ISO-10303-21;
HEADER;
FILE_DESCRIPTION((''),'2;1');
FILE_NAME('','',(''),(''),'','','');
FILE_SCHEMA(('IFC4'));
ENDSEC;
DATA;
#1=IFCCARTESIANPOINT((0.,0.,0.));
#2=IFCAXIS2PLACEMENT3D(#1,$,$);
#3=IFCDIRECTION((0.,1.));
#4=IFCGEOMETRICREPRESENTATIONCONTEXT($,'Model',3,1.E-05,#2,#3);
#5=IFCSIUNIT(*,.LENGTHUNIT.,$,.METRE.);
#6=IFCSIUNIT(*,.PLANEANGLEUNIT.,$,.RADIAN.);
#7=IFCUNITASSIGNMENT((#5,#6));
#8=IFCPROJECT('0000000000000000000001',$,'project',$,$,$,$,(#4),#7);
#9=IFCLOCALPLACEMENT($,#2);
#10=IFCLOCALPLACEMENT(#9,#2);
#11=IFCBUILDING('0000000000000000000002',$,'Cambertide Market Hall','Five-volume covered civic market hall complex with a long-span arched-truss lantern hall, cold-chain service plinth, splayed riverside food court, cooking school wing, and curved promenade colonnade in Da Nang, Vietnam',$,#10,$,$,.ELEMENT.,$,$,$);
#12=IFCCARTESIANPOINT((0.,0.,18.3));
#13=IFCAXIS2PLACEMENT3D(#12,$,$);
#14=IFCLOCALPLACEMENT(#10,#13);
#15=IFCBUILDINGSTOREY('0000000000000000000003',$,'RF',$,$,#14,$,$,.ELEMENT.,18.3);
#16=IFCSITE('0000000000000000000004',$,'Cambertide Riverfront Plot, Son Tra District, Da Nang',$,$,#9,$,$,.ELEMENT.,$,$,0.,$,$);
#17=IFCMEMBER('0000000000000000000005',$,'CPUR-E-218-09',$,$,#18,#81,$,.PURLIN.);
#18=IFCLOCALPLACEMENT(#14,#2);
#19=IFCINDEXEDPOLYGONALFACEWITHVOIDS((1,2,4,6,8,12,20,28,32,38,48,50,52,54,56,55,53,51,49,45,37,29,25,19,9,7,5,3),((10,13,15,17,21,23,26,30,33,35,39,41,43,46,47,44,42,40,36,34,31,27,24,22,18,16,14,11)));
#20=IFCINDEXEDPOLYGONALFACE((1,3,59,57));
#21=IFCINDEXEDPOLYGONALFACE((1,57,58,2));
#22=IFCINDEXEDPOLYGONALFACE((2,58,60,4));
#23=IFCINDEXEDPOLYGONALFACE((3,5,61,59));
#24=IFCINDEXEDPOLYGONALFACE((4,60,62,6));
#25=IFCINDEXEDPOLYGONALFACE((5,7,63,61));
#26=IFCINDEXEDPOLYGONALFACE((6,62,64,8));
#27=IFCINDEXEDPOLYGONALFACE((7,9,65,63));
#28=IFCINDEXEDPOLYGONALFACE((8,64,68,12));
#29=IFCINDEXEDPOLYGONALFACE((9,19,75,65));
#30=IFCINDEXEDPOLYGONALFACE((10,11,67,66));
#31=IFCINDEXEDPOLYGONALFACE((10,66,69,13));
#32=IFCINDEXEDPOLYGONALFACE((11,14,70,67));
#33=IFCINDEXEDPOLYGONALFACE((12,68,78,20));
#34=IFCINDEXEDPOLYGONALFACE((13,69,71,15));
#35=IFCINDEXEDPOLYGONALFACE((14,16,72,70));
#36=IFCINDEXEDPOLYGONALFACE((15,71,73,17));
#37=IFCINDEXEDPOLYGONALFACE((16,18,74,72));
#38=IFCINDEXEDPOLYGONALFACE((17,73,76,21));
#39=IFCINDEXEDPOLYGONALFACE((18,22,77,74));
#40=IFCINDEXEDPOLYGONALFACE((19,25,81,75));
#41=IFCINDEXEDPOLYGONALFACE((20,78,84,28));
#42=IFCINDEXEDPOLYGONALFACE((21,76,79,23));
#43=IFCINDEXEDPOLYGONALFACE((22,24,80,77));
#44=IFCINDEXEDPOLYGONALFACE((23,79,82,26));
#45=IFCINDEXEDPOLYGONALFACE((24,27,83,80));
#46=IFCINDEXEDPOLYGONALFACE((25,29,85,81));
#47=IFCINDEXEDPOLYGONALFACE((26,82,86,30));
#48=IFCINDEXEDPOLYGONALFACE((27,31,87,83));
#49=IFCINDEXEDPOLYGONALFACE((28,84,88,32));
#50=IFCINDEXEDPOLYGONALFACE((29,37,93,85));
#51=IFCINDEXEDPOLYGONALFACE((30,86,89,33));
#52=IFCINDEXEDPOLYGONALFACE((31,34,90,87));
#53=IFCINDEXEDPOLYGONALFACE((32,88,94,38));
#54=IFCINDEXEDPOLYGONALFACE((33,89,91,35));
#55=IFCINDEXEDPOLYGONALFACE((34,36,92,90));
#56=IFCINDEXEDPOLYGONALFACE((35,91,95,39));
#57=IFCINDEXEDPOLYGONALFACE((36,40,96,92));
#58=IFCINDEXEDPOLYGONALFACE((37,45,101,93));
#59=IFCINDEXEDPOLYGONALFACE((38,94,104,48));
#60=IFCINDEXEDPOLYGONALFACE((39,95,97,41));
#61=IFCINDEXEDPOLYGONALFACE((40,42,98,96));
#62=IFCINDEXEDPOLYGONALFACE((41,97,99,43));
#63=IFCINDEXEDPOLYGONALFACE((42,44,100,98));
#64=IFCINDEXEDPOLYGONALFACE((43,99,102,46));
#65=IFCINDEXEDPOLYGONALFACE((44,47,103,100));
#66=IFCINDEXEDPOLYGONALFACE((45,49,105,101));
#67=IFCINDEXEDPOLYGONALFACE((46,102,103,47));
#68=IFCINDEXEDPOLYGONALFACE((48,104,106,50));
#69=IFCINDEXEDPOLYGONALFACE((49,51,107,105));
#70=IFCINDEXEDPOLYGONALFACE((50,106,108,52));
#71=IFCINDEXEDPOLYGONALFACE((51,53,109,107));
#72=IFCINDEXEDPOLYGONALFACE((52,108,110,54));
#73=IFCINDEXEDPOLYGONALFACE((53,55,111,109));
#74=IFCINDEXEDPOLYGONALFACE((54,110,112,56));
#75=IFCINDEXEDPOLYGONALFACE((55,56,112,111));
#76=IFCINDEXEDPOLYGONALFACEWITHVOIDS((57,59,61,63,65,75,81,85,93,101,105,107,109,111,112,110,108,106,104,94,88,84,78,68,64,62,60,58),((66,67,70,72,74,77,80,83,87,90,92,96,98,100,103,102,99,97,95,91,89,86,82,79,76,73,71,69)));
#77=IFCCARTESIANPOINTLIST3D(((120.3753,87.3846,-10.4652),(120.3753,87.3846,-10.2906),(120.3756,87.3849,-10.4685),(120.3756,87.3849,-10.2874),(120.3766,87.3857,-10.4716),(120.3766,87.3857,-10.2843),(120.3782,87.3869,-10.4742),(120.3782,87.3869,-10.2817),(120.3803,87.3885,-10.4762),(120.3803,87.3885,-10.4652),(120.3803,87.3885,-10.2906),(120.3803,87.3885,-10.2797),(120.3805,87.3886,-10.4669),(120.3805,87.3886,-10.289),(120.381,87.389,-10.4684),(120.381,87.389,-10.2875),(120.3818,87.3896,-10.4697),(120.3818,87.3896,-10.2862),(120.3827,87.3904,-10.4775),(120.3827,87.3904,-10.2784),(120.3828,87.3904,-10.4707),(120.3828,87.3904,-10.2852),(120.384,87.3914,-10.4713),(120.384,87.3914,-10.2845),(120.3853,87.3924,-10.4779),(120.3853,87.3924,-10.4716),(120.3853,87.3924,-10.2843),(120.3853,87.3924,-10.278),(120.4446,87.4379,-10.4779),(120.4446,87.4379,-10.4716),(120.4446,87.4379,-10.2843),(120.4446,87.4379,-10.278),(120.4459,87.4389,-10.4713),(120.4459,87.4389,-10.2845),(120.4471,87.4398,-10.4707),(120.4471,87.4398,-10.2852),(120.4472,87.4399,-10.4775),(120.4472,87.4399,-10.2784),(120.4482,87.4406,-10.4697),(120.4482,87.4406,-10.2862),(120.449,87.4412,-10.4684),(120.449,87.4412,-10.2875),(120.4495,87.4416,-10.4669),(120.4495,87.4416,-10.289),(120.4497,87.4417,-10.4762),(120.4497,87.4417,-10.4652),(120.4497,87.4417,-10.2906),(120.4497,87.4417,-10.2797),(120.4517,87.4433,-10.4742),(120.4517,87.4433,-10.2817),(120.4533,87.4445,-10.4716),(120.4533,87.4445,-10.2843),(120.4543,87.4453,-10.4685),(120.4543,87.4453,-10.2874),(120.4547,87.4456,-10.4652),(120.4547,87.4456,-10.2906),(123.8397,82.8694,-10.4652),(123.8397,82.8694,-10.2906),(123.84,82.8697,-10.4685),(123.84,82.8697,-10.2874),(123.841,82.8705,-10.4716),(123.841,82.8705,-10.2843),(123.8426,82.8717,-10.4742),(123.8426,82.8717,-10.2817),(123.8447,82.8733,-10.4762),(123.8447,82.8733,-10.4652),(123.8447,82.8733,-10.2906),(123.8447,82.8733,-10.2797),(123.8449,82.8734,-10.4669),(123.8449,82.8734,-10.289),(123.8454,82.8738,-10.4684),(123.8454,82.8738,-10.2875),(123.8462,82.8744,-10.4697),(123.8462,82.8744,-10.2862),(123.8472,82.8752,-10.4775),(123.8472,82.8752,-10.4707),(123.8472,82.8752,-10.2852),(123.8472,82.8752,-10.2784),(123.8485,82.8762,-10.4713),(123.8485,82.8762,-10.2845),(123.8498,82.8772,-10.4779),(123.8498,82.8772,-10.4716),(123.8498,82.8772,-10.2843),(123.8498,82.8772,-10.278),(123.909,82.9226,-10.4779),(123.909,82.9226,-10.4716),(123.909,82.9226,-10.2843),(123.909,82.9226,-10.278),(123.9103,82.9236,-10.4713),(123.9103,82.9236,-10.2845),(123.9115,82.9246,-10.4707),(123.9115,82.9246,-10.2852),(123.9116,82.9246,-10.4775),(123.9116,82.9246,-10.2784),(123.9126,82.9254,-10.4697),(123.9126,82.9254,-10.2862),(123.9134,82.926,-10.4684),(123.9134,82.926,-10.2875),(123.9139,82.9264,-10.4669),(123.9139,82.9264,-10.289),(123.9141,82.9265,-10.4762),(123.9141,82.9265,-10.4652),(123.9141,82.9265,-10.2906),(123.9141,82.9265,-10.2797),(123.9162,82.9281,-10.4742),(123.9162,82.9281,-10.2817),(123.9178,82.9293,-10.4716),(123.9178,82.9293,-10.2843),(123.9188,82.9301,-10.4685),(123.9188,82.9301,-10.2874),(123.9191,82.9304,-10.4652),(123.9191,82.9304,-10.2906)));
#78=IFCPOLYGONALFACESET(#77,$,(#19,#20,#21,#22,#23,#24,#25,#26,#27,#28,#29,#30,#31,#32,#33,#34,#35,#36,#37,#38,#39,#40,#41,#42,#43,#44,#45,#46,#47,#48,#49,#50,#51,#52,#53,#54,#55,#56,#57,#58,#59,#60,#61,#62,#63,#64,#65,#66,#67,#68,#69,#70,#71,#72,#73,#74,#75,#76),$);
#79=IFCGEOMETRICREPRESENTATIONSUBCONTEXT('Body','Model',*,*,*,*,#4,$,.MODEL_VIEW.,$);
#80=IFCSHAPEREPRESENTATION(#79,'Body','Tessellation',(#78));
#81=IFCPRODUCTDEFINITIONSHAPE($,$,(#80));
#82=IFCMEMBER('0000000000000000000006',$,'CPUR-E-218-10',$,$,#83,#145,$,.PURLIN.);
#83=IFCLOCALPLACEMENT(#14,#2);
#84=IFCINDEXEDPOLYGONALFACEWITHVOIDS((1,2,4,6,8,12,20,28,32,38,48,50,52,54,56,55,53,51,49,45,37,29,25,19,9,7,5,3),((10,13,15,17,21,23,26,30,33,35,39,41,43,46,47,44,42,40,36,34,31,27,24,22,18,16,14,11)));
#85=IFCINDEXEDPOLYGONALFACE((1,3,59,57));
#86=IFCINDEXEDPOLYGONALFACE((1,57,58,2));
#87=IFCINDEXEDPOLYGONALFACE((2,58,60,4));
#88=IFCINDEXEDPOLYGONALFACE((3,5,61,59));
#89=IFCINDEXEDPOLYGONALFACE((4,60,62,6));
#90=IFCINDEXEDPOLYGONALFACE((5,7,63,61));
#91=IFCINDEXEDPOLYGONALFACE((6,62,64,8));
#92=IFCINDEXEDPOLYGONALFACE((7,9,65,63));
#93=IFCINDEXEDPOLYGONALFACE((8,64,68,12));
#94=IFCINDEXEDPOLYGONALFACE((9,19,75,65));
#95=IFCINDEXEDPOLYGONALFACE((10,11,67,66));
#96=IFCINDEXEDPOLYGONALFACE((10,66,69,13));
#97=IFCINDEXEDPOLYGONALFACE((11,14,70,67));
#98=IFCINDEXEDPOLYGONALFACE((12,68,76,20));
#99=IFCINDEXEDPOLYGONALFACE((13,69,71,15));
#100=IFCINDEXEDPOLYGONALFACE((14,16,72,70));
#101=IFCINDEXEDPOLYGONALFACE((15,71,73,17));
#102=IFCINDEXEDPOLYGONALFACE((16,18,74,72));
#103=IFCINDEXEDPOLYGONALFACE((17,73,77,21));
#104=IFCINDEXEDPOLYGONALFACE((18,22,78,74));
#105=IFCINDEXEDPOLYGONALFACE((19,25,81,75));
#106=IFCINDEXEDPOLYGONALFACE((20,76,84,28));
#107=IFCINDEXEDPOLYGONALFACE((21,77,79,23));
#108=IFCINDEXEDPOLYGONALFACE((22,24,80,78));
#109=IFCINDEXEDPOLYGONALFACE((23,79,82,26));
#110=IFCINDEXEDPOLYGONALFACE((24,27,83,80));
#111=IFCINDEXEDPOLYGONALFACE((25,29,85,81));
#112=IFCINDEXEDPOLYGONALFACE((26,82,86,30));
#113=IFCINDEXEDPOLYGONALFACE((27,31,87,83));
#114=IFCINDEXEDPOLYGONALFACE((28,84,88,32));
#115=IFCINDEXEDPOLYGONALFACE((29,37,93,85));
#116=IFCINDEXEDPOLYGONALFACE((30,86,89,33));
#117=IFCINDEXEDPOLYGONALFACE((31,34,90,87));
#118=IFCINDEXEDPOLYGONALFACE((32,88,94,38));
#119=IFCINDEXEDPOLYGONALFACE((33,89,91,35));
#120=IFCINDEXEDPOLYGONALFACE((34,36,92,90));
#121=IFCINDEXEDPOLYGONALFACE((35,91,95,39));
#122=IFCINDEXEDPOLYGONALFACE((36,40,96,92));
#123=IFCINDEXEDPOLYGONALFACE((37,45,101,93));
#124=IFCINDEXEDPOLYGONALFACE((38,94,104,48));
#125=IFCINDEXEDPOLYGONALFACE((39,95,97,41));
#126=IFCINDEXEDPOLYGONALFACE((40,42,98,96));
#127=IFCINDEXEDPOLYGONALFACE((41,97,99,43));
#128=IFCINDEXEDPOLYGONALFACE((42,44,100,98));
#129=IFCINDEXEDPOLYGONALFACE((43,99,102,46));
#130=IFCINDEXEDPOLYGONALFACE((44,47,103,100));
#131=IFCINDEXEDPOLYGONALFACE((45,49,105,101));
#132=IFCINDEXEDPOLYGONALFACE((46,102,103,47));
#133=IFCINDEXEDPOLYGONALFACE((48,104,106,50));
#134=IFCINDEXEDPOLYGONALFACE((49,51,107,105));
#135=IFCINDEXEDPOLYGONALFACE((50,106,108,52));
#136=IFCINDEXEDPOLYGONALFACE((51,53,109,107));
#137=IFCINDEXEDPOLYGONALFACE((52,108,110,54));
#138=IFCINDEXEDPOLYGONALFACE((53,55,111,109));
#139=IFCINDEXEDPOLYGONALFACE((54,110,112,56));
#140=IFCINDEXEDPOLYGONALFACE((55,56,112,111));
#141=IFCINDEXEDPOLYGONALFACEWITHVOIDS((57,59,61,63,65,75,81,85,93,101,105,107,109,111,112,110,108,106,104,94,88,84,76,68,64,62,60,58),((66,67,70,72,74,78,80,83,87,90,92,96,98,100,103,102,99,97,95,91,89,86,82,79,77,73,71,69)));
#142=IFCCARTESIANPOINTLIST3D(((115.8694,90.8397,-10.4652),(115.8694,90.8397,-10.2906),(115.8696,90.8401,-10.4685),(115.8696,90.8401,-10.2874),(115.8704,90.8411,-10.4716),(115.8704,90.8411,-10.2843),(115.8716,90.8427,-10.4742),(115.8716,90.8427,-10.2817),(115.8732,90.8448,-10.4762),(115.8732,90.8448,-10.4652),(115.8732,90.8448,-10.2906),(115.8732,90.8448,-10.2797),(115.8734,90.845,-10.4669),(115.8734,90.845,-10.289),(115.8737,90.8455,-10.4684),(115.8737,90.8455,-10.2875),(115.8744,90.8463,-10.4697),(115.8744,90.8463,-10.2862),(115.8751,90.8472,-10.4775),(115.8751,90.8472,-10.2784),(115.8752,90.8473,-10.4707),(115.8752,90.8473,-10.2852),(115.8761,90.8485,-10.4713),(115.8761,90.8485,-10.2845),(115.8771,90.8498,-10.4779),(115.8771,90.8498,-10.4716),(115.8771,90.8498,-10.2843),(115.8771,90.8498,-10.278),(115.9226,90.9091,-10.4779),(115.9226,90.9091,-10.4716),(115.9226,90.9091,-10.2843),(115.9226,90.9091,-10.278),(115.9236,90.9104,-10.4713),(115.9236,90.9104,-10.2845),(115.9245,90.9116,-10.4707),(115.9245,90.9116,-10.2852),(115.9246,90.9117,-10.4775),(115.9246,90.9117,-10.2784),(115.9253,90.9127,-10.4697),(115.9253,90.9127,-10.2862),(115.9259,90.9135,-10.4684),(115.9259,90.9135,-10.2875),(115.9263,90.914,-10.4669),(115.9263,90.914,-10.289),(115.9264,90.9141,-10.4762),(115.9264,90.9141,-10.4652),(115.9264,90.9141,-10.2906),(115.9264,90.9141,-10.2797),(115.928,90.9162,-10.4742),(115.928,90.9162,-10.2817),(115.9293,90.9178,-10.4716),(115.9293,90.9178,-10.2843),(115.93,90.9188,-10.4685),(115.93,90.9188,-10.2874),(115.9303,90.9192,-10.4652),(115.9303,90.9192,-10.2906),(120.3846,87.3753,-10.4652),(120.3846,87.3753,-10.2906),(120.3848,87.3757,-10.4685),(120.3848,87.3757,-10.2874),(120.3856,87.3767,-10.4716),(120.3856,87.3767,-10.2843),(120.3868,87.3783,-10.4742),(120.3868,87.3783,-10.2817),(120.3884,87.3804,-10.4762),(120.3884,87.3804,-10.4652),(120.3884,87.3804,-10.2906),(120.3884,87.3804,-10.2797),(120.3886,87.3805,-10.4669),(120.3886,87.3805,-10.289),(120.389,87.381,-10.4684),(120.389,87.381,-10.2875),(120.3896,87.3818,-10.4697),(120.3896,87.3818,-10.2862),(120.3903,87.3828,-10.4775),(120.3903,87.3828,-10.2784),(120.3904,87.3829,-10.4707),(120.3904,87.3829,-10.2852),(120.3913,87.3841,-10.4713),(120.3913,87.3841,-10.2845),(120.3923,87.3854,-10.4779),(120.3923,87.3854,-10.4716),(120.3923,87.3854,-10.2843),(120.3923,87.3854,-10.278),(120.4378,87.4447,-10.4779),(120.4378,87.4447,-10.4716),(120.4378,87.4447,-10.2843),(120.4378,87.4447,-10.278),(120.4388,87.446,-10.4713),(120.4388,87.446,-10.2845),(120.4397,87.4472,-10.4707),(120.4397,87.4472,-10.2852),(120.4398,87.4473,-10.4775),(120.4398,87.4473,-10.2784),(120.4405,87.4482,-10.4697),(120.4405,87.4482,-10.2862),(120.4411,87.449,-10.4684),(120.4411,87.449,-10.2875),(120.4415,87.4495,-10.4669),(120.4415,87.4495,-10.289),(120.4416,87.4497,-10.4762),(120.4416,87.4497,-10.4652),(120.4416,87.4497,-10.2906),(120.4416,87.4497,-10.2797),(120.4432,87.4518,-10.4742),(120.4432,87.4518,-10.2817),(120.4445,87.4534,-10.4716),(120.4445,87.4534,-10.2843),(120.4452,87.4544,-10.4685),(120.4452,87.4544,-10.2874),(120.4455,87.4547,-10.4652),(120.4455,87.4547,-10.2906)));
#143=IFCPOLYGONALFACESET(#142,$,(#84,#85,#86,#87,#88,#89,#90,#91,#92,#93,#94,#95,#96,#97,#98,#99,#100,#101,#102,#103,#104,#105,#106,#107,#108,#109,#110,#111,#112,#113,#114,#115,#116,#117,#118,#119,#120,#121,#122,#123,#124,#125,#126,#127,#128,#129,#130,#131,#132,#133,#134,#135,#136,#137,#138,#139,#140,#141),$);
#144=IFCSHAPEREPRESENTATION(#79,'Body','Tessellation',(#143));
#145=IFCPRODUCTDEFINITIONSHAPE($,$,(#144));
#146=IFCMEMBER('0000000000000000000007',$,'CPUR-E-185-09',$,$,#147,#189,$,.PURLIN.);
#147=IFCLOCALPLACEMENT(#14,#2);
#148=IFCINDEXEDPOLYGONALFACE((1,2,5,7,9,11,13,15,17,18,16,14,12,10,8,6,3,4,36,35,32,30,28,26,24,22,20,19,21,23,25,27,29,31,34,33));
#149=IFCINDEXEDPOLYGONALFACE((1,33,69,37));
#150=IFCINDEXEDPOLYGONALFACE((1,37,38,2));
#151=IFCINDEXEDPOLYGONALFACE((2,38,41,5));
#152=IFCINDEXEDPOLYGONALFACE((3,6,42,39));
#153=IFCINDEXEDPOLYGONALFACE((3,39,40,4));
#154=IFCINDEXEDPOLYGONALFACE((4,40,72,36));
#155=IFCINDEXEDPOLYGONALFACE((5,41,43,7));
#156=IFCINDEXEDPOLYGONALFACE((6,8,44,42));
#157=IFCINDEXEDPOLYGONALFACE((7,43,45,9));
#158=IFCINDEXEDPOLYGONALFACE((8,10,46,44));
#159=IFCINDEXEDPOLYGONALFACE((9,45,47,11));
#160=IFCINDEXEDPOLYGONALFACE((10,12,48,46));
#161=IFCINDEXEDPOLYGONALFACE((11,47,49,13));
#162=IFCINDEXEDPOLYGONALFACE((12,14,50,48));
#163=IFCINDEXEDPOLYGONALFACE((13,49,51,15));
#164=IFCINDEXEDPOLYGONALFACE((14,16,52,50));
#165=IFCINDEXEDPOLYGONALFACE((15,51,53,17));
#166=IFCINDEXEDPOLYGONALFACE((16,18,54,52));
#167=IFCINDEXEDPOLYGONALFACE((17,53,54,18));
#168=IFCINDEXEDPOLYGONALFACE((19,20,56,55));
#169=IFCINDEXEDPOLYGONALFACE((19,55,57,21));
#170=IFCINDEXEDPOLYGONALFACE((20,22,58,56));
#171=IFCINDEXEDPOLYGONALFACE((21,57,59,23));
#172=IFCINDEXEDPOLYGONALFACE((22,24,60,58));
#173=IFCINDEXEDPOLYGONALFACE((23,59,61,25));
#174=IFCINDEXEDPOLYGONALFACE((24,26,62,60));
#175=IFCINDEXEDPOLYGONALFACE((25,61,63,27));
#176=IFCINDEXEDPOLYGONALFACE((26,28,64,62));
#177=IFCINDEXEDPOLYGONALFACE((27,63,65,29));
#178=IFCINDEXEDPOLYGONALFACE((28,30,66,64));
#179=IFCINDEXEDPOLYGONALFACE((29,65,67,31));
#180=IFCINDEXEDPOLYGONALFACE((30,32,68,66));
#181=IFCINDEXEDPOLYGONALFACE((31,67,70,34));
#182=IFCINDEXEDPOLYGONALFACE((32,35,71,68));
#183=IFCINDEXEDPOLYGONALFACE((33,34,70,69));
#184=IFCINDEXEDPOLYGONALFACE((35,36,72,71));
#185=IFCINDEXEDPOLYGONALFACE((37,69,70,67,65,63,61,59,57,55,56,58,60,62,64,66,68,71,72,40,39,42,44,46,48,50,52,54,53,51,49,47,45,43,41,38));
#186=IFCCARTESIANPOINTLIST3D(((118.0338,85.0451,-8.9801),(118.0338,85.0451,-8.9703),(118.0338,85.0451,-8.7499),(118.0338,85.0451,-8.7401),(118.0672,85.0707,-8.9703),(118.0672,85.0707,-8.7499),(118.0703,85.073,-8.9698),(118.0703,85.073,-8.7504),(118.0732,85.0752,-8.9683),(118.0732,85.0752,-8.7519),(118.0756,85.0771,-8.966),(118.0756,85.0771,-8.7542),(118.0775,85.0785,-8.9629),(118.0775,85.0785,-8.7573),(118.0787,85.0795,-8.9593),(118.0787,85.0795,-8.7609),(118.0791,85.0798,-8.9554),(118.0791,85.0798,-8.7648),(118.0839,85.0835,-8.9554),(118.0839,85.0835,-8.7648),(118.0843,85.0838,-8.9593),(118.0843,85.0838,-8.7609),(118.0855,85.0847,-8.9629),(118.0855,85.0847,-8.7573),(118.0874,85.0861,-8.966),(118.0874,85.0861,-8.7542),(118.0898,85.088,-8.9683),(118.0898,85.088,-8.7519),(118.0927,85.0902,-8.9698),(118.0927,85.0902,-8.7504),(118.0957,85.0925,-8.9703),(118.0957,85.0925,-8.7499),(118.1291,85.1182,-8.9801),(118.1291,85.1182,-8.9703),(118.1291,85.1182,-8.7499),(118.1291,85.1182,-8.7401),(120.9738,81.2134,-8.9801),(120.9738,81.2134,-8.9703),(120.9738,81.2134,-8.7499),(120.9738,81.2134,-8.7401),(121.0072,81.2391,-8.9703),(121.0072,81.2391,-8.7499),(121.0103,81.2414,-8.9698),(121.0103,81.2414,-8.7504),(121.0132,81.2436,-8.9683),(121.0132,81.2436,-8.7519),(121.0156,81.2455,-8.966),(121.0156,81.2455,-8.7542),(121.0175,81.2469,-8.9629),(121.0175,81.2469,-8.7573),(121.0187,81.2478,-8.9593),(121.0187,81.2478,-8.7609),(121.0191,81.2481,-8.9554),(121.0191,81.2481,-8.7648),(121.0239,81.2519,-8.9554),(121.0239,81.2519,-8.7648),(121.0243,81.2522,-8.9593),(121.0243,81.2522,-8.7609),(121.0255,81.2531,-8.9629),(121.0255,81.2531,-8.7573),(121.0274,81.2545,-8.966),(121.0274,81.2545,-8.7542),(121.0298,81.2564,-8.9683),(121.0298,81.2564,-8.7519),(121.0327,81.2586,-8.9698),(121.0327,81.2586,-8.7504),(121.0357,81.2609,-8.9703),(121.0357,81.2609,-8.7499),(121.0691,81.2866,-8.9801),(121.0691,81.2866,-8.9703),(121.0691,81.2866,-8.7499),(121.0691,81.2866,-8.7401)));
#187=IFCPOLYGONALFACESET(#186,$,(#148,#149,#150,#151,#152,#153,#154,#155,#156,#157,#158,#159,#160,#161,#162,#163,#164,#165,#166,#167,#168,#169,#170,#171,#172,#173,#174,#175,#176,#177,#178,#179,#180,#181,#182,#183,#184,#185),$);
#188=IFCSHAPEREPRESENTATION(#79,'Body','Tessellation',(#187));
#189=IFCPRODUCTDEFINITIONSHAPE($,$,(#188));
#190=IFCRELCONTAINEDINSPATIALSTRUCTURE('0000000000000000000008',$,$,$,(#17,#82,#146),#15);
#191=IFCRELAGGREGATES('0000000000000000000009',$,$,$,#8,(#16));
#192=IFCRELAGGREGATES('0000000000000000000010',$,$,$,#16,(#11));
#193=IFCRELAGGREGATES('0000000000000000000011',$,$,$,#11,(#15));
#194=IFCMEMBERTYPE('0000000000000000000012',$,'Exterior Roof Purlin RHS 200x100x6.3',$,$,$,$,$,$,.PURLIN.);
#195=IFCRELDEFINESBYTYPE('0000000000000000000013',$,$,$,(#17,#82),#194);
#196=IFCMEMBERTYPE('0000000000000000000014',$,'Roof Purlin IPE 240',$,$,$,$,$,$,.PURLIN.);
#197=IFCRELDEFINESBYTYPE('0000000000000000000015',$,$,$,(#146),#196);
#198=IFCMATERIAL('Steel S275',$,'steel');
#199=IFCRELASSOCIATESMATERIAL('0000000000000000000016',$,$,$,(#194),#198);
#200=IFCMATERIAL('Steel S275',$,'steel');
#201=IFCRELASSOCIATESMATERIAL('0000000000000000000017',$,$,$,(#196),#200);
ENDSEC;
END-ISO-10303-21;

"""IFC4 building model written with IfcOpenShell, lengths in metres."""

from ifc_helpers import new_model, si_unit, direction, frame, origin, origin_2d, place, context, subcontext, project, spatial, hollow_rectangle, i_section, extrude, material, material_profile, profile_set, type_object, element, save


model = new_model("IFC4")

# Units and contexts
model_context = context("Model", 3, precision=1e-05, world=origin(), true_north=direction((0.0, 1.0)))
body_context = subcontext(model_context, "Body", "Model", "MODEL_VIEW")
ifc_project = project(units=[si_unit("LENGTHUNIT", "METRE"), si_unit("PLANEANGLEUNIT", "RADIAN")], contexts=[model_context])

# Site, building, storey
site_placement = place(None, origin())
site = spatial("IfcSite", under=ifc_project, at=site_placement, Name="Cambertide Riverfront Plot, Son Tra District, Da Nang", CompositionType="ELEMENT", RefElevation=0.0)
building_placement = place(site_placement, origin())
building = spatial("IfcBuilding", under=site, at=building_placement, Name="Cambertide Market Hall", Description="Five-volume covered civic market hall complex with a long-span arched-truss lantern hall, cold-chain service plinth, splayed riverside food court, cooking school wing, and curved promenade colonnade in Da Nang, Vietnam", CompositionType="ELEMENT")
storey_placement = place(building_placement, frame((0.0, 0.0, 18.3)))
storey = spatial("IfcBuildingStorey", under=building, at=storey_placement, Name="RF", CompositionType="ELEMENT", Elevation=18.3)

# Members
ifc_material_1 = material(Name="Steel S275", Category="steel")
ifc_material_profile_1 = material_profile(ifc_material_1, hollow_rectangle(XDim=0.1001, YDim=0.2, WallThickness=0.0063, InnerFilletRadius=0.0063, OuterFilletRadius=0.0127, at=origin_2d()), Name="RHS 200x100x6.3")
ifc_profile_set_1 = profile_set([ifc_material_profile_1], Name="Steel S275")
member_type_1 = type_object("IfcMemberType", Name="Exterior Roof Purlin RHS 200x100x6.3", PredefinedType="PURLIN", material=ifc_profile_set_1)
for number, where, z_axis, x_axis, name in (
    (1, (123.8794, 82.8999, -10.3779), (-0.608736, 0.793373, 0.0), (-0.793373, -0.608736, 0.0), "CPUR-E-218-09"),
    (2, (120.415, 87.415, -10.3779), (-0.793373, 0.608736, 0.0), (-0.608736, -0.793373, 0.0), "CPUR-E-218-10"),
):
    element("IfcMember", number, at=place(storey_placement, frame(where, z_axis=z_axis, x_axis=x_axis)), inside=storey, type_object=member_type_1, Name=name, PredefinedType="PURLIN", context=body_context, shape_type="SweptSolid", body=[
        extrude(hollow_rectangle(XDim=0.1001, YDim=0.2, WallThickness=0.0063, InnerFilletRadius=0.0063, OuterFilletRadius=0.0127, at=origin_2d()), origin(), (0.0, 0.0, 1.0), 5.6912),
    ])
ifc_material_2 = material(Name="Steel S275", Category="steel")
ifc_material_profile_2 = material_profile(ifc_material_2, i_section(OverallWidth=0.1201, OverallDepth=0.24, WebThickness=0.0061, FlangeThickness=0.0098, FilletRadius=0.0149, at=origin_2d()), Name="IPE 240")
ifc_profile_set_2 = profile_set([ifc_material_profile_2], Name="Steel S275")
member_type_2 = type_object("IfcMemberType", Name="Roof Purlin IPE 240", PredefinedType="PURLIN", material=ifc_profile_set_2)
for number, where, z_axis, x_axis, name in (
    (3, (121.0215, 81.25, -8.8601), (-0.608748, 0.793364, 0.0), (-0.793364, -0.608748, 0.0), "CPUR-E-185-09"),
):
    element("IfcMember", number, at=place(storey_placement, frame(where, z_axis=z_axis, x_axis=x_axis)), inside=storey, type_object=member_type_2, Name=name, PredefinedType="PURLIN", context=body_context, shape_type="SweptSolid", body=[
        extrude(i_section(OverallWidth=0.1201, OverallDepth=0.24, WebThickness=0.0061, FlangeThickness=0.0098, FilletRadius=0.0149, at=origin_2d()), origin(), (0.0, 0.0, 1.0), 4.8296),
    ])

save(model, "model.ifc")
